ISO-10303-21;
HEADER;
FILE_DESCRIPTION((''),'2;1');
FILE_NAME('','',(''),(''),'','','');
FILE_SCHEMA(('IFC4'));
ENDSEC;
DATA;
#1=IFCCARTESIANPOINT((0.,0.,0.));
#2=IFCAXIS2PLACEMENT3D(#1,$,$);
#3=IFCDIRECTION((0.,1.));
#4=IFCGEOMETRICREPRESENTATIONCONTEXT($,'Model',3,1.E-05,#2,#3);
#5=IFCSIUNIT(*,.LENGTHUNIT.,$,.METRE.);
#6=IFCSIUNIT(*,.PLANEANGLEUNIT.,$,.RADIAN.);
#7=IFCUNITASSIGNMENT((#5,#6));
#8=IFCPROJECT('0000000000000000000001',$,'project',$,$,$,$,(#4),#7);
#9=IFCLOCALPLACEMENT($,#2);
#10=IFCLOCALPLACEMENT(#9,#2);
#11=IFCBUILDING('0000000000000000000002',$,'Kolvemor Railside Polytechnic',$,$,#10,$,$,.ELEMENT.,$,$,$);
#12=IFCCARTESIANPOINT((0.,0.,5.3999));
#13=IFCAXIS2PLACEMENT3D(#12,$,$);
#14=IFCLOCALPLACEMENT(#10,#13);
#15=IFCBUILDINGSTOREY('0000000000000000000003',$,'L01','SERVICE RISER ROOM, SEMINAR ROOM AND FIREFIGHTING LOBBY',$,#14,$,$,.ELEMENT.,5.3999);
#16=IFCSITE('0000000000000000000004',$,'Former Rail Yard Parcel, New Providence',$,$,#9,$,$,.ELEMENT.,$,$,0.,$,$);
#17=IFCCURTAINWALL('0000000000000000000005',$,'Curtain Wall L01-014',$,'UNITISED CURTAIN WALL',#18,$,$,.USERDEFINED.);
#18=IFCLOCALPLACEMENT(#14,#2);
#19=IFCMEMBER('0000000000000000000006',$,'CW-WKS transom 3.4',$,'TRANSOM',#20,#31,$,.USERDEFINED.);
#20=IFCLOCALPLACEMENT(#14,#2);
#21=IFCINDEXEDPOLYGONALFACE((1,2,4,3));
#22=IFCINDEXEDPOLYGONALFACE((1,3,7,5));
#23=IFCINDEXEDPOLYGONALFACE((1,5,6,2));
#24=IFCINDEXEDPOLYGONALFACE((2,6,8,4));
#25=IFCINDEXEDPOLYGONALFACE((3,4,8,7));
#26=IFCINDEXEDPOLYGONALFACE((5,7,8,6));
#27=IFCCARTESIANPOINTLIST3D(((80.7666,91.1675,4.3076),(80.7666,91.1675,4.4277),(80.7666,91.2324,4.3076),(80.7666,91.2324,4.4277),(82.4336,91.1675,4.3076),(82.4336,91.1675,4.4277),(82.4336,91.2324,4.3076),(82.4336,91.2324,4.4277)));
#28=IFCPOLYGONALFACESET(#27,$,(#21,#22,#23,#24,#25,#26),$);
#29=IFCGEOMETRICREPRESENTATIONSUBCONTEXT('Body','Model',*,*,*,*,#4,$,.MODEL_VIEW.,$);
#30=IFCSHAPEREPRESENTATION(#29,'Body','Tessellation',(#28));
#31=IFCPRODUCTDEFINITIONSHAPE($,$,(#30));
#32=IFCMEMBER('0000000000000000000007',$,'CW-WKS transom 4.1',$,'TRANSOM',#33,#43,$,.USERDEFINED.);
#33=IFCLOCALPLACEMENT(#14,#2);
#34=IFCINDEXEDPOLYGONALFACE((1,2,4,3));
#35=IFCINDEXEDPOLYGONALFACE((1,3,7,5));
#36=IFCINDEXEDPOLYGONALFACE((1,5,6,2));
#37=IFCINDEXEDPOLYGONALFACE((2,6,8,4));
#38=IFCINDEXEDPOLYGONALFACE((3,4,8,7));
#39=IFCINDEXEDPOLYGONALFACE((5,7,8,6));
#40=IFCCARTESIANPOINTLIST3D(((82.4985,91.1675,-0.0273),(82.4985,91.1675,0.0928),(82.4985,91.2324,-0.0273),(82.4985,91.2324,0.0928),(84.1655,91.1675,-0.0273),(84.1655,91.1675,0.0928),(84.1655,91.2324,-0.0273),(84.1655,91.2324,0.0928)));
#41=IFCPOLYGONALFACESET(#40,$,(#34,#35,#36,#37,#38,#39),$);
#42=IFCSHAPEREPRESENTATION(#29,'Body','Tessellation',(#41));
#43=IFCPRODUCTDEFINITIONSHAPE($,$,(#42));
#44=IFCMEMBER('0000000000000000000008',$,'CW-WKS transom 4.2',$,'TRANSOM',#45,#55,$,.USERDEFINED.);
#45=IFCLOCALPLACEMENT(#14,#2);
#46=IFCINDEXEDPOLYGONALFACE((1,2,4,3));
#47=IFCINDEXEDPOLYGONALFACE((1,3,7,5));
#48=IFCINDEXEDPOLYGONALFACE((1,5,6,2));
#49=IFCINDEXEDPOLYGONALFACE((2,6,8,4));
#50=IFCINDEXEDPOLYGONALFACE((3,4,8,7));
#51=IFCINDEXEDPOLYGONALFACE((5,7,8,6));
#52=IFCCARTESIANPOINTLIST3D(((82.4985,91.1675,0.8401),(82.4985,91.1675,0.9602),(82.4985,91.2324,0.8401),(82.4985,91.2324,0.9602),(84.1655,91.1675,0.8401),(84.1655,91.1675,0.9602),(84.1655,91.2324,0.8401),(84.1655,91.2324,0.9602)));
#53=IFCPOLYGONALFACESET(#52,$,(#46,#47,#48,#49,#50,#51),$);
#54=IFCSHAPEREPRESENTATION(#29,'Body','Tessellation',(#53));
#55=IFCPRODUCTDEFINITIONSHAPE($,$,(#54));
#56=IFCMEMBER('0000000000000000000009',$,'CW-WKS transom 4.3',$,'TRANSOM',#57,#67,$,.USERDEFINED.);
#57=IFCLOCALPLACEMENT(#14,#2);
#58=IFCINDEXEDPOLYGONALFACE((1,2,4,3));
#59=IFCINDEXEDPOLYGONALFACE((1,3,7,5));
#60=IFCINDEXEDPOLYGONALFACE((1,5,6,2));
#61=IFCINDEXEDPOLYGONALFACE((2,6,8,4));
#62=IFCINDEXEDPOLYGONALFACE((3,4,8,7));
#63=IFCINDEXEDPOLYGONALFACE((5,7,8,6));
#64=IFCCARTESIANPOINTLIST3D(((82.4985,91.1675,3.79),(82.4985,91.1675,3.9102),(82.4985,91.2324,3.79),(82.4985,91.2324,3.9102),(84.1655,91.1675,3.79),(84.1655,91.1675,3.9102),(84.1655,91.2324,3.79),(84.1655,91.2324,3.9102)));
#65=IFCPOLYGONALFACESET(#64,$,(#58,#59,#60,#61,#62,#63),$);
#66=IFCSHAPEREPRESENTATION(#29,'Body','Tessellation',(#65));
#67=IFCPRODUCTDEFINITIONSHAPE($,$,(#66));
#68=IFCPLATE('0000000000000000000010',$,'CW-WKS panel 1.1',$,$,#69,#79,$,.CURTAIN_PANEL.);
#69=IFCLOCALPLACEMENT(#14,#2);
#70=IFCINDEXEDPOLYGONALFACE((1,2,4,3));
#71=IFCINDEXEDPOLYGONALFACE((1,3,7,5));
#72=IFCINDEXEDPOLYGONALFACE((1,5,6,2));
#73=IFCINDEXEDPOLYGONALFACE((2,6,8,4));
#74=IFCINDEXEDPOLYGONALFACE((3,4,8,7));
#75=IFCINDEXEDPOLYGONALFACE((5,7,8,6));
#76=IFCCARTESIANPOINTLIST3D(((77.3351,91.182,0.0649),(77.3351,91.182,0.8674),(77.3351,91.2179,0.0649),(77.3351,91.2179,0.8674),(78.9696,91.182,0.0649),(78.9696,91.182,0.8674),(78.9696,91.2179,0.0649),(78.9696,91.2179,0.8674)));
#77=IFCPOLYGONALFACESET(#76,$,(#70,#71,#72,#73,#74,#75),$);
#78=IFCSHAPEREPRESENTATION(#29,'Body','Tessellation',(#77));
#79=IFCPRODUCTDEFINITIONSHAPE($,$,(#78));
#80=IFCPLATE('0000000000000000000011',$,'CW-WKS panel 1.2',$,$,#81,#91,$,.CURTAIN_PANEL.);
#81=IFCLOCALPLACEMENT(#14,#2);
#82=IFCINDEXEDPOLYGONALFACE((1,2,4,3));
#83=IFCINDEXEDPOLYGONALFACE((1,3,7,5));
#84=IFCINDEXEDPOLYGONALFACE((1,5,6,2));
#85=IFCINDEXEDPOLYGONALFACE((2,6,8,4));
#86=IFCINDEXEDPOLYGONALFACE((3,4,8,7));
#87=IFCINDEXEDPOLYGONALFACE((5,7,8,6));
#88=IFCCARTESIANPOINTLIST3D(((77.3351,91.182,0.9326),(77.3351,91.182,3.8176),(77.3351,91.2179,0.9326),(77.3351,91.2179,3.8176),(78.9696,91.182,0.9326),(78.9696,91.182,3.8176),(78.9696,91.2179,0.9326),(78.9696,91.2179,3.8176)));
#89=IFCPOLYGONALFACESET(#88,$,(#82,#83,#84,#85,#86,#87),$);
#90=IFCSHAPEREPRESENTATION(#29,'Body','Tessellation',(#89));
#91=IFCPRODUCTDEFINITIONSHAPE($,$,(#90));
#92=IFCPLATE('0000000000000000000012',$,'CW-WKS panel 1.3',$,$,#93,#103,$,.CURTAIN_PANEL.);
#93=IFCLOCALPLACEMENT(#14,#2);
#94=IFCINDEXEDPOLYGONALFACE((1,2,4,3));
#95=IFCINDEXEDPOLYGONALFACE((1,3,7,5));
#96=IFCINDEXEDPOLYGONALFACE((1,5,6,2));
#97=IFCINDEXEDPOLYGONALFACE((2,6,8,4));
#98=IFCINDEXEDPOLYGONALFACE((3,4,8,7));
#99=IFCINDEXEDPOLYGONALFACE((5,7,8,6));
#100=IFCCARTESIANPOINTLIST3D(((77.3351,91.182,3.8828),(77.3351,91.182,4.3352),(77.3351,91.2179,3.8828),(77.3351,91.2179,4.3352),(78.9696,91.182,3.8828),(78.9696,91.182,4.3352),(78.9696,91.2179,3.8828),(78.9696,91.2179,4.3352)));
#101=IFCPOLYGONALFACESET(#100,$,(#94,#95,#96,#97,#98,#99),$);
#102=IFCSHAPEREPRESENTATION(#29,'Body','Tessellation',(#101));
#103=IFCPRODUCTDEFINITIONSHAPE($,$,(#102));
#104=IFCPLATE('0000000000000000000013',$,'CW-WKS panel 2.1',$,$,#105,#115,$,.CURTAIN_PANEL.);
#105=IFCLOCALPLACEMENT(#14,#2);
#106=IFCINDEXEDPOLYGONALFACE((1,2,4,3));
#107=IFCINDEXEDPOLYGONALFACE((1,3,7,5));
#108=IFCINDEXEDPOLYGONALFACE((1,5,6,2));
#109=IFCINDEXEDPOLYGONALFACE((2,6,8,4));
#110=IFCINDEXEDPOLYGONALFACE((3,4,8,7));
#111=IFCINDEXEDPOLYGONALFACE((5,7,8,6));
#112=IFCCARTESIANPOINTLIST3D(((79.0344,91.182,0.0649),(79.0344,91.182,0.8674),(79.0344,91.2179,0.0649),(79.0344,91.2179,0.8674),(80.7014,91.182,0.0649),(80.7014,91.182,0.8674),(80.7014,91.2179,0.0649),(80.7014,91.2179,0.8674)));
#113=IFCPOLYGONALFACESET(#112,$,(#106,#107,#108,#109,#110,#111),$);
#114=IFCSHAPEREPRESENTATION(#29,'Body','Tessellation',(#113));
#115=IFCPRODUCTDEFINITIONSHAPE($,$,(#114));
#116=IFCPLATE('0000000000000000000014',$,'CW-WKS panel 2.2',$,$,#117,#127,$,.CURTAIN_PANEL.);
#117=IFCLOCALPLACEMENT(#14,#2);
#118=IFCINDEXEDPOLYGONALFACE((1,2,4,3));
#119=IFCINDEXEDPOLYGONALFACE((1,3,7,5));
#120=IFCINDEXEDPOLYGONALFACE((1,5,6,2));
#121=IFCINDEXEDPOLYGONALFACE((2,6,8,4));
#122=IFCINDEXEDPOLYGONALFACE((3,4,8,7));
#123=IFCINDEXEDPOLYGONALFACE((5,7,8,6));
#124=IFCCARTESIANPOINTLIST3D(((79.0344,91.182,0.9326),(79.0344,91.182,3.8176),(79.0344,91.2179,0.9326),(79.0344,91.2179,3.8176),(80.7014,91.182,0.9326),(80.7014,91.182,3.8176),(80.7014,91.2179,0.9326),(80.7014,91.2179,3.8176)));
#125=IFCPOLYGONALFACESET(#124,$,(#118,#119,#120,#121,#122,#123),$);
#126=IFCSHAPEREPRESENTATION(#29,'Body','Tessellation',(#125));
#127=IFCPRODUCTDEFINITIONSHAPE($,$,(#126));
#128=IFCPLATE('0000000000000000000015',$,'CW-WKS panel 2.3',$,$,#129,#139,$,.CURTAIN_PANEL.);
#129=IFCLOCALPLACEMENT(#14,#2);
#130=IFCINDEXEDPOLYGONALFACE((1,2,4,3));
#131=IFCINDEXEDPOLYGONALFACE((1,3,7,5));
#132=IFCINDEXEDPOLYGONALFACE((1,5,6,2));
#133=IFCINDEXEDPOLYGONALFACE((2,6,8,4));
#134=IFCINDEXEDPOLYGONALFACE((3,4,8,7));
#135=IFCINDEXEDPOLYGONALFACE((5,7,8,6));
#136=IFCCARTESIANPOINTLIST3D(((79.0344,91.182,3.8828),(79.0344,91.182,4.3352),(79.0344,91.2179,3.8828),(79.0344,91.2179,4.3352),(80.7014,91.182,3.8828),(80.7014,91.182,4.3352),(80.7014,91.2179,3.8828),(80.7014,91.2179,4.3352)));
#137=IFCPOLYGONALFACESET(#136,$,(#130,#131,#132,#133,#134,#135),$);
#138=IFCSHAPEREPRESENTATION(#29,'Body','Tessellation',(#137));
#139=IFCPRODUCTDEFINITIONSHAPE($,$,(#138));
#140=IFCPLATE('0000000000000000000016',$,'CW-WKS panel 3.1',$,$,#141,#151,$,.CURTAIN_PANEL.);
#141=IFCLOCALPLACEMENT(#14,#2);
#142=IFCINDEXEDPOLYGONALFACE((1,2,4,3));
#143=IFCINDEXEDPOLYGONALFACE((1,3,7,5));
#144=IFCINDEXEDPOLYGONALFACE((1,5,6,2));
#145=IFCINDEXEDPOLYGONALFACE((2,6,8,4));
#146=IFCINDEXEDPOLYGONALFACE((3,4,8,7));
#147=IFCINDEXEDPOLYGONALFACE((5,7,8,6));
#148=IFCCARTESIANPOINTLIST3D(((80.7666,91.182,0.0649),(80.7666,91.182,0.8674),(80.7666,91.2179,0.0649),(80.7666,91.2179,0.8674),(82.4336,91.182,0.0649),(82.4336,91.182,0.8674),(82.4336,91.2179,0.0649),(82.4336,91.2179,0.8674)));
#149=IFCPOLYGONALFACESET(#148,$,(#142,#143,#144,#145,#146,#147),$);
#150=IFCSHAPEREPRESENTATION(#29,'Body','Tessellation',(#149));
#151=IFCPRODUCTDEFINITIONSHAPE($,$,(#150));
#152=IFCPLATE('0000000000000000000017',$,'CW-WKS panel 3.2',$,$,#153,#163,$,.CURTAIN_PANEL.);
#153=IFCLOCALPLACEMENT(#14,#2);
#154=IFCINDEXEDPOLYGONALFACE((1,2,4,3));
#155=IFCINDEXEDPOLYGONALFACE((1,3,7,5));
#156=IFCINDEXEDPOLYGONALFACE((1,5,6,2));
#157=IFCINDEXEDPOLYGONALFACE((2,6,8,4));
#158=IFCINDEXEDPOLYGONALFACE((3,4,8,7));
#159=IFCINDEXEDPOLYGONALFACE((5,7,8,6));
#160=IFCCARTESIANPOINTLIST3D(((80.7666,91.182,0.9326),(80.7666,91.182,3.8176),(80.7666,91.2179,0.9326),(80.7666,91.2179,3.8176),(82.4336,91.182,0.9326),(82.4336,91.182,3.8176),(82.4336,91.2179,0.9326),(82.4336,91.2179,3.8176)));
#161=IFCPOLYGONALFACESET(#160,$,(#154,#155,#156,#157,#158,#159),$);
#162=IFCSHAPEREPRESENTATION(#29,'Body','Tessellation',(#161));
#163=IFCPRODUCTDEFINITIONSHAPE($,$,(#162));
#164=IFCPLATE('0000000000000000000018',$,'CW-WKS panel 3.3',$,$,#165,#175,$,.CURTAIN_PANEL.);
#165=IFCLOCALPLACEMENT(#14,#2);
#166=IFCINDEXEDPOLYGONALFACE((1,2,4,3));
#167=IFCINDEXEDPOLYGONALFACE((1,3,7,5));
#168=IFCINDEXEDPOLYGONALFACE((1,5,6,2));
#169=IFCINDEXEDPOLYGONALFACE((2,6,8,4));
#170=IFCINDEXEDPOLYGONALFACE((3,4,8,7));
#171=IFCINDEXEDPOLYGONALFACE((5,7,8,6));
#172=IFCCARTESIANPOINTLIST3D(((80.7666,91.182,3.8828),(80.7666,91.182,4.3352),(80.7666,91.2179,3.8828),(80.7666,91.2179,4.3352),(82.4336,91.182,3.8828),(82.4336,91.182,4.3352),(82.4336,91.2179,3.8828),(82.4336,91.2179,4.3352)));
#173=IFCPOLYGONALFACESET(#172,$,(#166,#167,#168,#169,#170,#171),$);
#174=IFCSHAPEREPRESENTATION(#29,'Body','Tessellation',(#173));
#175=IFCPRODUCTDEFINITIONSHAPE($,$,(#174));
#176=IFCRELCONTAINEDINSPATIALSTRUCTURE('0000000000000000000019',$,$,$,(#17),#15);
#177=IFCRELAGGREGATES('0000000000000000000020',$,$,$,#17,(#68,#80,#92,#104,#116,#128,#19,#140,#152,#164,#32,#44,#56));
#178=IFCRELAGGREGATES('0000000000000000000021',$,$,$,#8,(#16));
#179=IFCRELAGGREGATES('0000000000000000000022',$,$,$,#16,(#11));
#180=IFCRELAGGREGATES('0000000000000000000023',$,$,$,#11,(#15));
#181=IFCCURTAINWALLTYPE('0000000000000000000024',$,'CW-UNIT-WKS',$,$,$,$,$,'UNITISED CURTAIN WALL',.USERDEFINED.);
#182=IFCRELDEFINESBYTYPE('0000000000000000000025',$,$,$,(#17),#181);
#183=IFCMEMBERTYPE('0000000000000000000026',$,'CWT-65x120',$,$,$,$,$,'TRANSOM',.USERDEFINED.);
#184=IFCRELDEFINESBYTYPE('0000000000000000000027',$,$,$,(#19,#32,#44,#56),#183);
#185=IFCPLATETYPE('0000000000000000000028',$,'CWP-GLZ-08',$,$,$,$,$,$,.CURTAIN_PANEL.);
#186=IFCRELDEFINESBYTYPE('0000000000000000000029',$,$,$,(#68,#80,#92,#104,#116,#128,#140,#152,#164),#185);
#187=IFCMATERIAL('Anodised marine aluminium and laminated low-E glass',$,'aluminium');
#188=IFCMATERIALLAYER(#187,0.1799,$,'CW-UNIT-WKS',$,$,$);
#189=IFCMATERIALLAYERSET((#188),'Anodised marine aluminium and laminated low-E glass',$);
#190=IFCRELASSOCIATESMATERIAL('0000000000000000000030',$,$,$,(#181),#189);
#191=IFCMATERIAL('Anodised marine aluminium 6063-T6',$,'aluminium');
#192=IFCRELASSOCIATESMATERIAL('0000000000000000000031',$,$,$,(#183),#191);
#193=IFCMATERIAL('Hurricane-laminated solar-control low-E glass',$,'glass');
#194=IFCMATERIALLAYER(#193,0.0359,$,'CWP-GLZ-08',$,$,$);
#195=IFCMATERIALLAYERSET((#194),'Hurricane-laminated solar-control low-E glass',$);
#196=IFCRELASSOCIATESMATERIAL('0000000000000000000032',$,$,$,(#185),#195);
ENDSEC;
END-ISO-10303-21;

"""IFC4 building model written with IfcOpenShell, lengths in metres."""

from ifc_helpers import new_model, si_unit, direction, frame, origin, origin_2d, place, context, subcontext, project, spatial, rectangle, extrude, material, layer, layer_set, material_profile, profile_set, type_object, element, aggregate, save


model = new_model("IFC4")

# Units and contexts
model_context = context("Model", 3, precision=1e-05, world=origin(), true_north=direction((0.0, 1.0)))
body_context = subcontext(model_context, "Body", "Model", "MODEL_VIEW")
ifc_project = project(units=[si_unit("LENGTHUNIT", "METRE"), si_unit("PLANEANGLEUNIT", "RADIAN")], contexts=[model_context])

# Site, building, storey
site_placement = place(None, origin())
site = spatial("IfcSite", under=ifc_project, at=site_placement, Name="Former Rail Yard Parcel, New Providence", CompositionType="ELEMENT", RefElevation=0.0)
building_placement = place(site_placement, origin())
building = spatial("IfcBuilding", under=site, at=building_placement, Name="Kolvemor Railside Polytechnic", CompositionType="ELEMENT")
storey_placement = place(building_placement, frame((0.0, 0.0, 5.3999)))
storey = spatial("IfcBuildingStorey", under=building, at=storey_placement, Name="L01", Description="SERVICE RISER ROOM, SEMINAR ROOM AND FIREFIGHTING LOBBY", CompositionType="ELEMENT", Elevation=5.3999)

# Curtain wall, members, plates
ifc_material_1 = material(Name="Anodised marine aluminium and laminated low-E glass", Category="aluminium")
ifc_layer_1 = layer(ifc_material_1, 0.1799, Name="CW-UNIT-WKS")
ifc_layer_set_1 = layer_set([ifc_layer_1], Name="Anodised marine aluminium and laminated low-E glass")
curtain_wall_type = type_object("IfcCurtainWallType", Name="CW-UNIT-WKS", ElementType="UNITISED CURTAIN WALL", PredefinedType="USERDEFINED", material=ifc_layer_set_1)
curtain_wall_placement = place(storey_placement, origin())
curtain_wall = element("IfcCurtainWall", 1, at=curtain_wall_placement, inside=storey, type_object=curtain_wall_type, Name="Curtain Wall L01-014", ObjectType="UNITISED CURTAIN WALL", PredefinedType="USERDEFINED")
ifc_material_2 = material(Name="Anodised marine aluminium 6063-T6", Category="aluminium")
ifc_material_profile_1 = material_profile(ifc_material_2, rectangle(XDim=0.0649, YDim=0.1201, at=origin_2d()), Name="CW-TRN-65x120")
ifc_profile_set_1 = profile_set([ifc_material_profile_1], Name="Anodised marine aluminium 6063-T6")
member_type_1 = type_object("IfcMemberType", Name="CWT-65x120", ElementType="TRANSOM", PredefinedType="USERDEFINED", material=ifc_profile_set_1)
member_1_placement = place(storey_placement, frame((80.7666, 91.2, 4.3677), z_axis=(1.0, 0.0, 0.0), x_axis=(0.0, 1.0, 0.0)))
member_1 = element("IfcMember", 2, at=member_1_placement, type_object=member_type_1, Name="CW-WKS transom 3.4", ObjectType="TRANSOM", PredefinedType="USERDEFINED", context=body_context, shape_type="SweptSolid", body=[
    extrude(rectangle(XDim=0.0649, YDim=0.1201, at=origin_2d()), origin(), (0.0, 0.0, 1.0), 1.667),
])
member_2_placement = place(storey_placement, frame((82.4985, 91.2, 0.0327), z_axis=(1.0, 0.0, 0.0), x_axis=(0.0, 1.0, 0.0)))
member_2 = element("IfcMember", 3, at=member_2_placement, type_object=member_type_1, Name="CW-WKS transom 4.1", ObjectType="TRANSOM", PredefinedType="USERDEFINED", context=body_context, shape_type="SweptSolid", body=[
    extrude(rectangle(XDim=0.0649, YDim=0.1201, at=origin_2d()), origin(), (0.0, 0.0, 1.0), 1.667),
])
member_3_placement = place(storey_placement, frame((82.4985, 91.2, 0.9001), z_axis=(1.0, 0.0, 0.0), x_axis=(0.0, 1.0, 0.0)))
member_3 = element("IfcMember", 4, at=member_3_placement, type_object=member_type_1, Name="CW-WKS transom 4.2", ObjectType="TRANSOM", PredefinedType="USERDEFINED", context=body_context, shape_type="SweptSolid", body=[
    extrude(rectangle(XDim=0.0649, YDim=0.1201, at=origin_2d()), origin(), (0.0, 0.0, 1.0), 1.667),
])
member_4_placement = place(storey_placement, frame((82.4985, 91.2, 3.8501), z_axis=(1.0, 0.0, 0.0), x_axis=(0.0, 1.0, 0.0)))
member_4 = element("IfcMember", 5, at=member_4_placement, type_object=member_type_1, Name="CW-WKS transom 4.3", ObjectType="TRANSOM", PredefinedType="USERDEFINED", context=body_context, shape_type="SweptSolid", body=[
    extrude(rectangle(XDim=0.0649, YDim=0.1201, at=origin_2d()), origin(), (0.0, 0.0, 1.0), 1.667),
])
ifc_material_3 = material(Name="Hurricane-laminated solar-control low-E glass", Category="glass")
ifc_layer_2 = layer(ifc_material_3, 0.0359, Name="CWP-GLZ-08")
ifc_layer_set_2 = layer_set([ifc_layer_2], Name="Hurricane-laminated solar-control low-E glass")
plate_type = type_object("IfcPlateType", Name="CWP-GLZ-08", PredefinedType="CURTAIN_PANEL", material=ifc_layer_set_2)
plate_1_placement = place(storey_placement, frame((78.1523, 91.2, 0.0649), z_axis=(0.0, 0.0, 1.0), x_axis=(1.0, 0.0, 0.0)))
plate_1 = element("IfcPlate", 6, at=plate_1_placement, type_object=plate_type, Name="CW-WKS panel 1.1", PredefinedType="CURTAIN_PANEL", context=body_context, shape_type="SweptSolid", body=[
    extrude(rectangle(XDim=1.6345, YDim=0.0359, at=origin_2d()), origin(), (0.0, 0.0, 1.0), 0.8025),
])
plate_2_placement = place(storey_placement, frame((78.1523, 91.2, 0.9326), z_axis=(0.0, 0.0, 1.0), x_axis=(1.0, 0.0, 0.0)))
plate_2 = element("IfcPlate", 7, at=plate_2_placement, type_object=plate_type, Name="CW-WKS panel 1.2", PredefinedType="CURTAIN_PANEL", context=body_context, shape_type="SweptSolid", body=[
    extrude(rectangle(XDim=1.6345, YDim=0.0359, at=origin_2d()), origin(), (0.0, 0.0, 1.0), 2.885),
])
plate_3_placement = place(storey_placement, frame((78.1523, 91.2, 3.8828), z_axis=(0.0, 0.0, 1.0), x_axis=(1.0, 0.0, 0.0)))
plate_3 = element("IfcPlate", 8, at=plate_3_placement, type_object=plate_type, Name="CW-WKS panel 1.3", PredefinedType="CURTAIN_PANEL", context=body_context, shape_type="SweptSolid", body=[
    extrude(rectangle(XDim=1.6345, YDim=0.0359, at=origin_2d()), origin(), (0.0, 0.0, 1.0), 0.4524),
])
plate_4_placement = place(storey_placement, frame((79.8679, 91.2, 0.0649), z_axis=(0.0, 0.0, 1.0), x_axis=(1.0, 0.0, 0.0)))
plate_4 = element("IfcPlate", 9, at=plate_4_placement, type_object=plate_type, Name="CW-WKS panel 2.1", PredefinedType="CURTAIN_PANEL", context=body_context, shape_type="SweptSolid", body=[
    extrude(rectangle(XDim=1.667, YDim=0.0359, at=origin_2d()), origin(), (0.0, 0.0, 1.0), 0.8025),
])
plate_5_placement = place(storey_placement, frame((79.8679, 91.2, 0.9326), z_axis=(0.0, 0.0, 1.0), x_axis=(1.0, 0.0, 0.0)))
plate_5 = element("IfcPlate", 10, at=plate_5_placement, type_object=plate_type, Name="CW-WKS panel 2.2", PredefinedType="CURTAIN_PANEL", context=body_context, shape_type="SweptSolid", body=[
    extrude(rectangle(XDim=1.667, YDim=0.0359, at=origin_2d()), origin(), (0.0, 0.0, 1.0), 2.885),
])
plate_6_placement = place(storey_placement, frame((79.8679, 91.2, 3.8828), z_axis=(0.0, 0.0, 1.0), x_axis=(1.0, 0.0, 0.0)))
plate_6 = element("IfcPlate", 11, at=plate_6_placement, type_object=plate_type, Name="CW-WKS panel 2.3", PredefinedType="CURTAIN_PANEL", context=body_context, shape_type="SweptSolid", body=[
    extrude(rectangle(XDim=1.667, YDim=0.0359, at=origin_2d()), origin(), (0.0, 0.0, 1.0), 0.4524),
])
plate_7_placement = place(storey_placement, frame((81.6001, 91.2, 0.0649), z_axis=(0.0, 0.0, 1.0), x_axis=(1.0, 0.0, 0.0)))
plate_7 = element("IfcPlate", 12, at=plate_7_placement, type_object=plate_type, Name="CW-WKS panel 3.1", PredefinedType="CURTAIN_PANEL", context=body_context, shape_type="SweptSolid", body=[
    extrude(rectangle(XDim=1.667, YDim=0.0359, at=origin_2d()), origin(), (0.0, 0.0, 1.0), 0.8025),
])
plate_8_placement = place(storey_placement, frame((81.6001, 91.2, 0.9326), z_axis=(0.0, 0.0, 1.0), x_axis=(1.0, 0.0, 0.0)))
plate_8 = element("IfcPlate", 13, at=plate_8_placement, type_object=plate_type, Name="CW-WKS panel 3.2", PredefinedType="CURTAIN_PANEL", context=body_context, shape_type="SweptSolid", body=[
    extrude(rectangle(XDim=1.667, YDim=0.0359, at=origin_2d()), origin(), (0.0, 0.0, 1.0), 2.885),
])
plate_9_placement = place(storey_placement, frame((81.6001, 91.2, 3.8828), z_axis=(0.0, 0.0, 1.0), x_axis=(1.0, 0.0, 0.0)))
plate_9 = element("IfcPlate", 14, at=plate_9_placement, type_object=plate_type, Name="CW-WKS panel 3.3", PredefinedType="CURTAIN_PANEL", context=body_context, shape_type="SweptSolid", body=[
    extrude(rectangle(XDim=1.667, YDim=0.0359, at=origin_2d()), origin(), (0.0, 0.0, 1.0), 0.4524),
])
aggregate(curtain_wall, [plate_1, plate_2, plate_3, plate_4, plate_5, plate_6, member_1, plate_7, plate_8, plate_9, member_2, member_3, member_4])

save(model, "model.ifc")
